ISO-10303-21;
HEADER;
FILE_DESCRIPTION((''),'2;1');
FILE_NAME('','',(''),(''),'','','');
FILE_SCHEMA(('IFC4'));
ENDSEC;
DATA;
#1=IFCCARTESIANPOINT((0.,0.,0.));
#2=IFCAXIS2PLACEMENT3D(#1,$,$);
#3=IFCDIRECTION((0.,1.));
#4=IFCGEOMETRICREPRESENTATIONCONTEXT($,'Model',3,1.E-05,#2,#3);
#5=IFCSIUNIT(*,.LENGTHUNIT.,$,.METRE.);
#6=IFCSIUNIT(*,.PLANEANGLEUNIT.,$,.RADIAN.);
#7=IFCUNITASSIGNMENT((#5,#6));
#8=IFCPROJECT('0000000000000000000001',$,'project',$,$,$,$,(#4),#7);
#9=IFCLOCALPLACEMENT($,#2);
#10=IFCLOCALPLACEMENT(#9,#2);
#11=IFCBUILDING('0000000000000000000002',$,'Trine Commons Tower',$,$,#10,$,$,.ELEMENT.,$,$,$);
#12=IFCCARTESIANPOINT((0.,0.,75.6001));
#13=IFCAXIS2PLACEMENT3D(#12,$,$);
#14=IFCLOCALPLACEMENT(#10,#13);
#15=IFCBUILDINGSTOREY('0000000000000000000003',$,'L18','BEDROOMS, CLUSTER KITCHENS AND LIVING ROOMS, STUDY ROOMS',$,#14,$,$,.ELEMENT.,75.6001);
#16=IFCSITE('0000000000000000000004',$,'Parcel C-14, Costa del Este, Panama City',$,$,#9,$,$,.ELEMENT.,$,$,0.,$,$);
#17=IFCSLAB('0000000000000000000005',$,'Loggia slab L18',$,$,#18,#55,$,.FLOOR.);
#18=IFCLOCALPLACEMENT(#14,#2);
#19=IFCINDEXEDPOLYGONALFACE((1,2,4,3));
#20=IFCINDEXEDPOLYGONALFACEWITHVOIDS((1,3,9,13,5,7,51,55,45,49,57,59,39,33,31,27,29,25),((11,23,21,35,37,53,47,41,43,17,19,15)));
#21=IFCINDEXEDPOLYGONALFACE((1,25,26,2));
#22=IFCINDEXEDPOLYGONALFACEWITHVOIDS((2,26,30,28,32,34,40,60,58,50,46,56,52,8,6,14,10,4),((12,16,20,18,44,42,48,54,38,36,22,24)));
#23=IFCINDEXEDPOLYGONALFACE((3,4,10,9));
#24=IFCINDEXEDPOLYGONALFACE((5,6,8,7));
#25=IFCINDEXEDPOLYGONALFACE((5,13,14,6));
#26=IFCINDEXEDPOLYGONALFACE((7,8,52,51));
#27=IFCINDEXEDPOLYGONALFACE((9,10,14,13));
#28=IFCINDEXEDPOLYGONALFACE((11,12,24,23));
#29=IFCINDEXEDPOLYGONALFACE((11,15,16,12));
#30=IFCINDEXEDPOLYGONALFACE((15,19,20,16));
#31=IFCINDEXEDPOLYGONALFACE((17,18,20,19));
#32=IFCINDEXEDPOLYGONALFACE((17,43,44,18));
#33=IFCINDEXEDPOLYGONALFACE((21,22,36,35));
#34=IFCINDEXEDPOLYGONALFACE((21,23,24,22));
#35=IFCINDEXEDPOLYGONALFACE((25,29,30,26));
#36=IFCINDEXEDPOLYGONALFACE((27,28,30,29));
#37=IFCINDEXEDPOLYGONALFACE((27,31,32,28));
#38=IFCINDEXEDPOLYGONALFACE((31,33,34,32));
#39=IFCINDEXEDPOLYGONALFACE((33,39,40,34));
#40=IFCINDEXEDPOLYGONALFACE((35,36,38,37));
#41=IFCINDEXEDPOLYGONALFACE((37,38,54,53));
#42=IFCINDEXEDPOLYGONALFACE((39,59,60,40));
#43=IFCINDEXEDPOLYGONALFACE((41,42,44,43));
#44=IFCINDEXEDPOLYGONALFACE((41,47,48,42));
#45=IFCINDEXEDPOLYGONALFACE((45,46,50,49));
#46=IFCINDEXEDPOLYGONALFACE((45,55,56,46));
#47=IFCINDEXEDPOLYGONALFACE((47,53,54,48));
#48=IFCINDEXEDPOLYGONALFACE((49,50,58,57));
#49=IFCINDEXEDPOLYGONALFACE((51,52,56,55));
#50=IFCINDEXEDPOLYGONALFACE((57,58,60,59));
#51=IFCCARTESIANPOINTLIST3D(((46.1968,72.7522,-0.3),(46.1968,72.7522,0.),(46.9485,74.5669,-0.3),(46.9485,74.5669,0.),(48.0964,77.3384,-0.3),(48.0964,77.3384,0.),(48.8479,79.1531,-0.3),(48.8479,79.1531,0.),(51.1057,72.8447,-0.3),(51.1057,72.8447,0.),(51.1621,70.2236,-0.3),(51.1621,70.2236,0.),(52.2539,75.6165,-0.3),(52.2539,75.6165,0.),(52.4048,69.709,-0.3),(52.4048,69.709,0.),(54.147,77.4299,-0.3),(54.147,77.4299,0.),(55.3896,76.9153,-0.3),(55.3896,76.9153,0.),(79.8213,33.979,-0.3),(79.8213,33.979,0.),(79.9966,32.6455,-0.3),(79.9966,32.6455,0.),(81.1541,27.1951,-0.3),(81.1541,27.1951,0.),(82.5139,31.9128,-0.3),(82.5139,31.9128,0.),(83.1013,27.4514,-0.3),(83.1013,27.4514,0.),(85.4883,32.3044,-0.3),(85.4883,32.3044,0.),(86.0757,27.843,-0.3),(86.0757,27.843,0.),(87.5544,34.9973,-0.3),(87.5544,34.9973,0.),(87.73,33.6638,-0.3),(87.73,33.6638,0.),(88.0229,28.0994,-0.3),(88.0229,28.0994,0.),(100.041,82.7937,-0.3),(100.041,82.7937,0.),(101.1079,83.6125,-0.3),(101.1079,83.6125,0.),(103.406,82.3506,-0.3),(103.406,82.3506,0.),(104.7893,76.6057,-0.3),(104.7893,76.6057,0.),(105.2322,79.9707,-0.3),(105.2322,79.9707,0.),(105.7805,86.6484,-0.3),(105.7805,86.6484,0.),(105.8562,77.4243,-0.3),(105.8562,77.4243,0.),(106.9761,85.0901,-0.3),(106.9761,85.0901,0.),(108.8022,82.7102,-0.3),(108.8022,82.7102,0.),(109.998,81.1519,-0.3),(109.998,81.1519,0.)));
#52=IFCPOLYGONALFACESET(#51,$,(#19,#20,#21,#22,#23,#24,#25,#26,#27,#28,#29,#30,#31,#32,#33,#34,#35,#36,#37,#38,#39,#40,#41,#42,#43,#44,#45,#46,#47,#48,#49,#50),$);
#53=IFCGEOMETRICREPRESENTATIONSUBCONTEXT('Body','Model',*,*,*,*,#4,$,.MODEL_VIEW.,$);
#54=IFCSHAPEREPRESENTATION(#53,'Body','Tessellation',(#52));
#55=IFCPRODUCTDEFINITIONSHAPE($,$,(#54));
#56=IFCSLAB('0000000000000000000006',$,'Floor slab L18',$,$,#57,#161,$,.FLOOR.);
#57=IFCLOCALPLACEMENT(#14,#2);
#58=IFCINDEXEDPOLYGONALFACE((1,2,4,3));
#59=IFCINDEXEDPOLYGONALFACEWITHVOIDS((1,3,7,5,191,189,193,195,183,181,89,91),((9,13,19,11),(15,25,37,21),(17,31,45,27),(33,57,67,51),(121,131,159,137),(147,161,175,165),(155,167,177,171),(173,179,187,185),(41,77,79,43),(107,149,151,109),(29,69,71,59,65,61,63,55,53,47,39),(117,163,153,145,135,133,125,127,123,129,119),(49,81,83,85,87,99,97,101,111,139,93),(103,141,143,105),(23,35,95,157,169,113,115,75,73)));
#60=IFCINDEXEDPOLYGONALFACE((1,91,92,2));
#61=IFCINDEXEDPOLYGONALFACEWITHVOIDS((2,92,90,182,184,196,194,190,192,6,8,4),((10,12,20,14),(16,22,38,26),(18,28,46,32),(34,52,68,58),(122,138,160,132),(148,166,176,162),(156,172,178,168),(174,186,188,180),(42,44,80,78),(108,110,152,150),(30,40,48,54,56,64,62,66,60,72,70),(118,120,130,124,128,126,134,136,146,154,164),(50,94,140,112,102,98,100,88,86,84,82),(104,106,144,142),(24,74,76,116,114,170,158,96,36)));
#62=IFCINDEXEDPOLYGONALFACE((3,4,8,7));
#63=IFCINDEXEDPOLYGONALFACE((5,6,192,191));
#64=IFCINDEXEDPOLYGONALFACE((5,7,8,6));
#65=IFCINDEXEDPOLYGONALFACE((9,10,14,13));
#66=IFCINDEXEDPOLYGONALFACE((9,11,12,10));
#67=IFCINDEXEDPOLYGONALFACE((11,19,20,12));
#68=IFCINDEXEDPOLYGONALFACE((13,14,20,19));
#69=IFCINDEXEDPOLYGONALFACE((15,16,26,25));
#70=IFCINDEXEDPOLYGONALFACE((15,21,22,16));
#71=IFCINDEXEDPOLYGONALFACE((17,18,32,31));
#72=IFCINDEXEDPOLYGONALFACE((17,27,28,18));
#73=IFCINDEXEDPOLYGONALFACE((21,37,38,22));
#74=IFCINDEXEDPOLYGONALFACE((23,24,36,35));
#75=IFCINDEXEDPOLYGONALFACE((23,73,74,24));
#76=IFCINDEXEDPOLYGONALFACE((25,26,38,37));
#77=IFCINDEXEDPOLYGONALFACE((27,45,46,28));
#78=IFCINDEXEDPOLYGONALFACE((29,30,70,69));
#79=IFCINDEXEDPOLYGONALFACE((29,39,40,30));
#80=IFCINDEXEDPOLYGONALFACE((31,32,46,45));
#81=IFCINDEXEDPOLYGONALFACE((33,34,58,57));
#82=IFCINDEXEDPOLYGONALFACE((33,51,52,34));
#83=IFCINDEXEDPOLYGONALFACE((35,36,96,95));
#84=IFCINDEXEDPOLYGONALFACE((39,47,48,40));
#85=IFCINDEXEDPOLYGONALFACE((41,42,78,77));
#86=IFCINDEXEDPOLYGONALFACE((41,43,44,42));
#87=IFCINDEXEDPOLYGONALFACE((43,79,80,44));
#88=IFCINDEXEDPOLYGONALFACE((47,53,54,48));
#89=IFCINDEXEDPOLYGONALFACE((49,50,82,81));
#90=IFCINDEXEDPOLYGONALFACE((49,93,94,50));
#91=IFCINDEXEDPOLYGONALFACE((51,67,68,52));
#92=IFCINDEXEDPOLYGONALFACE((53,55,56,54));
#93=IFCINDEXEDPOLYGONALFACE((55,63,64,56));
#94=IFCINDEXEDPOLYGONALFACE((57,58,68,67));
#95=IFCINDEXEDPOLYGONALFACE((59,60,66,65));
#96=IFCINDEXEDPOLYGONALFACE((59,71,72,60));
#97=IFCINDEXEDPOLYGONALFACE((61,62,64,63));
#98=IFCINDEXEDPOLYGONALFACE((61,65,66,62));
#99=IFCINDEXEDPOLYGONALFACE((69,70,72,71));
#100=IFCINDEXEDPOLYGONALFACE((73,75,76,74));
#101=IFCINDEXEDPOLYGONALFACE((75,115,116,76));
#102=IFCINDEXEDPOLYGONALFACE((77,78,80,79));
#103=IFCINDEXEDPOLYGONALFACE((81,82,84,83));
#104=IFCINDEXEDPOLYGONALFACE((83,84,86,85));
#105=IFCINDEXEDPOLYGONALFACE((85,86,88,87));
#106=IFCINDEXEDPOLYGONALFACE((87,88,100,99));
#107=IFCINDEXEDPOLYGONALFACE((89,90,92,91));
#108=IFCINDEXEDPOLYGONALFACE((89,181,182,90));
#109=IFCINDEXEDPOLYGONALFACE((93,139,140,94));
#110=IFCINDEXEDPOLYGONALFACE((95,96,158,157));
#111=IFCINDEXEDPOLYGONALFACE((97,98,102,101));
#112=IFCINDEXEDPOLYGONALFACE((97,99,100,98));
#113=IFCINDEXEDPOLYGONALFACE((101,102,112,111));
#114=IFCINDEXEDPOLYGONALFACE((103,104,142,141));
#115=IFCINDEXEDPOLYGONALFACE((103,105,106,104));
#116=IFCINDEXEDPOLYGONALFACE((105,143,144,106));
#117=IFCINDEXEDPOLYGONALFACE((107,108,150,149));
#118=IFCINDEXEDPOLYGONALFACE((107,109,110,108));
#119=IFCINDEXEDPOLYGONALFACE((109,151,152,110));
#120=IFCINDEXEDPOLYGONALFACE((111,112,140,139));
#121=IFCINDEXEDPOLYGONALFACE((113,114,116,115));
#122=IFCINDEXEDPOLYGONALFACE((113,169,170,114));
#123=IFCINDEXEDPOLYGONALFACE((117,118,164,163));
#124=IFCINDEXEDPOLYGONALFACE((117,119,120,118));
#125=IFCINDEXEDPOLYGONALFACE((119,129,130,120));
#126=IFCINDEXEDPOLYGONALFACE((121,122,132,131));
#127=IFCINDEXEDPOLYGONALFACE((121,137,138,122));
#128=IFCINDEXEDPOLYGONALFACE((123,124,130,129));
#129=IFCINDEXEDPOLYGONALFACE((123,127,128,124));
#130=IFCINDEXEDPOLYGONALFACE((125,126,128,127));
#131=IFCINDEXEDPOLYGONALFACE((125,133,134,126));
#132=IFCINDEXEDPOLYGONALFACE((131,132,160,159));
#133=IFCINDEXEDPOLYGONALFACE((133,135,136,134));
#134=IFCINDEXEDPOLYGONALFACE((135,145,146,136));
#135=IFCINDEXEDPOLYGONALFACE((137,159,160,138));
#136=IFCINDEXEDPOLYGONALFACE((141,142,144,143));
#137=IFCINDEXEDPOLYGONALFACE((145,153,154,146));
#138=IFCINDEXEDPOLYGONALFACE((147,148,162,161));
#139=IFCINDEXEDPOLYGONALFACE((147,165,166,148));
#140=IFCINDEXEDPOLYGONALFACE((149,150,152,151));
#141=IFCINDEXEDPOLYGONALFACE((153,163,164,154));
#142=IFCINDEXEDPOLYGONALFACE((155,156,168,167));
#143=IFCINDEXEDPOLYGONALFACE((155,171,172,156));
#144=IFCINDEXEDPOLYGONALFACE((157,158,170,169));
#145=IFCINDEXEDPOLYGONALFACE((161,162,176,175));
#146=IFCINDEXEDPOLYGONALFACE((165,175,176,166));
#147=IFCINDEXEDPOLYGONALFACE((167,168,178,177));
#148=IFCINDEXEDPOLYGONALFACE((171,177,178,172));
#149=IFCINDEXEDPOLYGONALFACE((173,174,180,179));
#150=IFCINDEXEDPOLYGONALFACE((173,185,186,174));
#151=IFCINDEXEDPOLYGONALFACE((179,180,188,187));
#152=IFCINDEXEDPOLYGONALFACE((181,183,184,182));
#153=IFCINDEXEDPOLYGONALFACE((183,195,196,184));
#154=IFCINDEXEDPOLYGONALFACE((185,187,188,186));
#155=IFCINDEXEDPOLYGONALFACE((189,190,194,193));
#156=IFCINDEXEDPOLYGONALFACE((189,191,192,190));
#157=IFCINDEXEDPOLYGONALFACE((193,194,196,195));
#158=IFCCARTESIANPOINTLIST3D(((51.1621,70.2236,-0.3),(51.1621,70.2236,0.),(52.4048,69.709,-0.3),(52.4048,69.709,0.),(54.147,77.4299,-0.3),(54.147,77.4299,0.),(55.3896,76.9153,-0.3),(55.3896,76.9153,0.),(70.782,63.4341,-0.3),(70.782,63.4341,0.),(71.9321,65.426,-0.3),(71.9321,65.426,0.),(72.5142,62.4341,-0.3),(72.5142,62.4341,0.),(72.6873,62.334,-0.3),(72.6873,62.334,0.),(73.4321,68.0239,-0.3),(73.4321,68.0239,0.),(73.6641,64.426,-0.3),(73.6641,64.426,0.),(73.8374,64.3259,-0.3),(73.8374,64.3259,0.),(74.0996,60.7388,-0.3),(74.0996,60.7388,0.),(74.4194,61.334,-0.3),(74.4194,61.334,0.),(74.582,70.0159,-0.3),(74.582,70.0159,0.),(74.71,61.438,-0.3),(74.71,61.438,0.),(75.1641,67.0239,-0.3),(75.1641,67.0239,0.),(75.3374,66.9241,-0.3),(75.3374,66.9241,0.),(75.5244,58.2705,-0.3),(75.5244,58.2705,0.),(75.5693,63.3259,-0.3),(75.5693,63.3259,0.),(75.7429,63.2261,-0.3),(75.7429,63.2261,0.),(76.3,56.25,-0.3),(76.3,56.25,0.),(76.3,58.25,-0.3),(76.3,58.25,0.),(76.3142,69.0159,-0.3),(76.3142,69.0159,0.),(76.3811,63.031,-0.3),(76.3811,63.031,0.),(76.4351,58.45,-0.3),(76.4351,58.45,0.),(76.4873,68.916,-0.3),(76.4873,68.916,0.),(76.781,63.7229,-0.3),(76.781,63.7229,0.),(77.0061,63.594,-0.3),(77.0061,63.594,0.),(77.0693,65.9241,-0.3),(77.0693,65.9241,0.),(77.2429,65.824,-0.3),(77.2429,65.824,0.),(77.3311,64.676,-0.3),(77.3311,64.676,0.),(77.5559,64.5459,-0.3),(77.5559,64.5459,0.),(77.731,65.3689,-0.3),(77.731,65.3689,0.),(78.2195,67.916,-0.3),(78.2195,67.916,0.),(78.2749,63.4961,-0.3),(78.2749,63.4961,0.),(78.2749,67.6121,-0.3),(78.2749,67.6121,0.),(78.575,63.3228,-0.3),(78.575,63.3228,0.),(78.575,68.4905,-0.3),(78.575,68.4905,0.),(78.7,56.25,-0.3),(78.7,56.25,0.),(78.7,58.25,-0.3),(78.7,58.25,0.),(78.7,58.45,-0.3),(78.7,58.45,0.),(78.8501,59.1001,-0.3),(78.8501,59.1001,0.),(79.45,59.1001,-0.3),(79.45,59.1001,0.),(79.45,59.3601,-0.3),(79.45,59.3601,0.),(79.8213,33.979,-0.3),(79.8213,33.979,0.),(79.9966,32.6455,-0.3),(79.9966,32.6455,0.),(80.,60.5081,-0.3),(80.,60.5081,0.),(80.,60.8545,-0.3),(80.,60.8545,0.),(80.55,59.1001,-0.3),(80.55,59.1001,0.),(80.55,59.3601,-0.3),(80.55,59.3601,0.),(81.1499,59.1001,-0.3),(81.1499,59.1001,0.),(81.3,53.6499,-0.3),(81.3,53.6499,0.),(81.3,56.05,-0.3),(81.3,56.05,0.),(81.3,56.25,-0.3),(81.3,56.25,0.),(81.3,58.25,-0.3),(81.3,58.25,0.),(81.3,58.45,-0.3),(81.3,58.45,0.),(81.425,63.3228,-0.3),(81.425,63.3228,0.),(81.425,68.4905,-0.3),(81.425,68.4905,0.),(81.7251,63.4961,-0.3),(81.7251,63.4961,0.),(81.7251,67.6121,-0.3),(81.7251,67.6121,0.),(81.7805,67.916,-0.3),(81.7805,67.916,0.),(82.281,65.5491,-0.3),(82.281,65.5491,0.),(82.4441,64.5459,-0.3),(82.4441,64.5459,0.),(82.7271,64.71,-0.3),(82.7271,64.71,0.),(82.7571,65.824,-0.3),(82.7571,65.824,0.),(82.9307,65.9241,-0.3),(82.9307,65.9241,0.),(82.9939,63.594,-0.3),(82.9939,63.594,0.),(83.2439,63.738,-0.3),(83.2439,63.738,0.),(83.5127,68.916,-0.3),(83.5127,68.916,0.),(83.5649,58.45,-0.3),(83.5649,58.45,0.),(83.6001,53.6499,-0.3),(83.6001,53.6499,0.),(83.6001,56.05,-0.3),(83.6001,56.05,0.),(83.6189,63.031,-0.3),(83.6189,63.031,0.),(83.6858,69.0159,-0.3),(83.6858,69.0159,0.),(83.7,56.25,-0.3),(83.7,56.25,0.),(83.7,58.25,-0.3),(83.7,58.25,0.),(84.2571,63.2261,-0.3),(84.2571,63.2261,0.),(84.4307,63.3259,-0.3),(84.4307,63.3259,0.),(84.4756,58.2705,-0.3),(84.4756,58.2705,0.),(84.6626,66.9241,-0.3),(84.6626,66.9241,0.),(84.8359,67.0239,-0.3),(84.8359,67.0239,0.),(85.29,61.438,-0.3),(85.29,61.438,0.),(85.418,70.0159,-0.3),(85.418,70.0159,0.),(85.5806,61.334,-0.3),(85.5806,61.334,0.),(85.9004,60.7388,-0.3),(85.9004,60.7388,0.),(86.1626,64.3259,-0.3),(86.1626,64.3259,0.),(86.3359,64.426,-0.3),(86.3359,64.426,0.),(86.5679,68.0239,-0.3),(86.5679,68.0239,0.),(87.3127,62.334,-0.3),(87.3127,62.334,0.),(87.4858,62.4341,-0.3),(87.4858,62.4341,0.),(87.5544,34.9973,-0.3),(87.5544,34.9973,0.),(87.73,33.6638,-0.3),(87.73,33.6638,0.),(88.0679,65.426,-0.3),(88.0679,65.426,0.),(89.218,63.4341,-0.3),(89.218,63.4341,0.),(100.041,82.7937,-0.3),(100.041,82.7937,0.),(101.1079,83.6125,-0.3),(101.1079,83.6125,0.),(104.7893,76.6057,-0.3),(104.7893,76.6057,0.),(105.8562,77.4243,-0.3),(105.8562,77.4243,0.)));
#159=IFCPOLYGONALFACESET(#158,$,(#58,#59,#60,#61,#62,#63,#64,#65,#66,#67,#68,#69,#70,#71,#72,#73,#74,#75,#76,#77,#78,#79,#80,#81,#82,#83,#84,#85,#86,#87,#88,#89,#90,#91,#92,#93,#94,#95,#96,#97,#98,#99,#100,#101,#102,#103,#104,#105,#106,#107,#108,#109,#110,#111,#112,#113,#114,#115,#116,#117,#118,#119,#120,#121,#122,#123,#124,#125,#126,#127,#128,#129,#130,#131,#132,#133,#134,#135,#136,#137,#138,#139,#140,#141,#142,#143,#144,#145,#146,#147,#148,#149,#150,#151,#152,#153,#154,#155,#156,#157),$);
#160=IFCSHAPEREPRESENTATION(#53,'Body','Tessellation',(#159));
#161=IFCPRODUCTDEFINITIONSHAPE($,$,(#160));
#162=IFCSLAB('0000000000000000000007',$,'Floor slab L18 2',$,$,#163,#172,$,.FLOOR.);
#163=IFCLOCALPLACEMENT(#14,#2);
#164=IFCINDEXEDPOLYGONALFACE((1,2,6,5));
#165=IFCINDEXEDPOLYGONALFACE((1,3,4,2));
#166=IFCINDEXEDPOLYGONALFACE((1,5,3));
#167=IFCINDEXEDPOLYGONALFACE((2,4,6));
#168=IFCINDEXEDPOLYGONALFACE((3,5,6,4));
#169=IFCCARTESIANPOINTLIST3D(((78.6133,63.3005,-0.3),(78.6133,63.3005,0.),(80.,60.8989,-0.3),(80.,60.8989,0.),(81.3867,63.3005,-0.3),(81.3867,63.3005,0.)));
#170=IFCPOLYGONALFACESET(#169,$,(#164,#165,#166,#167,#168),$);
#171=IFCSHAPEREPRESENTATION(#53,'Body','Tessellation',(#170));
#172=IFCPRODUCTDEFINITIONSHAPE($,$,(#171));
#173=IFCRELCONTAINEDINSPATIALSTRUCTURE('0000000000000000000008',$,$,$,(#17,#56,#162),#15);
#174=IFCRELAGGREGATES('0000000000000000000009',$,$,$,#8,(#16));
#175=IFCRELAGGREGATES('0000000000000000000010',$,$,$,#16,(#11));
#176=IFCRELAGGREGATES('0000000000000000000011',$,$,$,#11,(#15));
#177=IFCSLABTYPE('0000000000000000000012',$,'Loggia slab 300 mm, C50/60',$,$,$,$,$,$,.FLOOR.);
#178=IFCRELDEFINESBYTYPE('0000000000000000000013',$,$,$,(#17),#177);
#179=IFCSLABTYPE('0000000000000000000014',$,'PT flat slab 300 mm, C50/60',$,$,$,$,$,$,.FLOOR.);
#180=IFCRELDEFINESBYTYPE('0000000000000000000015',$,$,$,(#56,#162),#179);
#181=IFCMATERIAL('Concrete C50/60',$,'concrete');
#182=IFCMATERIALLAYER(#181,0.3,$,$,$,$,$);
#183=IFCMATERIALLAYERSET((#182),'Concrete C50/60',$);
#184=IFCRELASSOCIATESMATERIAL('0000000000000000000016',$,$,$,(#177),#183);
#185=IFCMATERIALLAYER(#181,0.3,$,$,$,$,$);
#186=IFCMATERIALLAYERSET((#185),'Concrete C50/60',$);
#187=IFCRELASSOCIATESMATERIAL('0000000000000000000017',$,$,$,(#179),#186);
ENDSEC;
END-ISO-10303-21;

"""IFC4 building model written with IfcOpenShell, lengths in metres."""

from ifc_helpers import new_model, si_unit, direction, frame, origin, place, context, subcontext, project, spatial, polyline, outline, extrude, material, layer, layer_set, type_object, element, save


model = new_model("IFC4")

# Units and contexts
model_context = context("Model", 3, precision=1e-05, world=origin(), true_north=direction((0.0, 1.0)))
body_context = subcontext(model_context, "Body", "Model", "MODEL_VIEW")
ifc_project = project(units=[si_unit("LENGTHUNIT", "METRE"), si_unit("PLANEANGLEUNIT", "RADIAN")], contexts=[model_context])

# Site, building, storey
site_placement = place(None, origin())
site = spatial("IfcSite", under=ifc_project, at=site_placement, Name="Parcel C-14, Costa del Este, Panama City", CompositionType="ELEMENT", RefElevation=0.0)
building_placement = place(site_placement, origin())
building = spatial("IfcBuilding", under=site, at=building_placement, Name="Trine Commons Tower", CompositionType="ELEMENT")
storey_placement = place(building_placement, frame((0.0, 0.0, 75.6001)))
storey = spatial("IfcBuildingStorey", under=building, at=storey_placement, Name="L18", Description="BEDROOMS, CLUSTER KITCHENS AND LIVING ROOMS, STUDY ROOMS", CompositionType="ELEMENT", Elevation=75.6001)

# Slabs
ifc_material_1 = material(Name="Concrete C50/60", Category="concrete")
ifc_layer_1 = layer(ifc_material_1, 0.3)
ifc_layer_set_1 = layer_set([ifc_layer_1], Name="Concrete C50/60")
slab_type_1 = type_object("IfcSlabType", Name="Loggia slab 300 mm, C50/60", PredefinedType="FLOOR", material=ifc_layer_set_1)
slab_1_placement = place(storey_placement, frame((0.0, 0.0, -0.3)))
element("IfcSlab", 1, at=slab_1_placement, inside=storey, type_object=slab_type_1, Name="Loggia slab L18", PredefinedType="FLOOR", context=body_context, shape_type="SweptSolid", body=[
    extrude(outline(polyline([(88.0229, 28.0994), (109.998, 81.1519), (108.8022, 82.7102), (105.2322, 79.9707), (103.406, 82.3506), (106.9761, 85.0901), (105.7805, 86.6484), (48.8479, 79.1531), (48.0964, 77.3384), (52.2539, 75.6165), (51.1057, 72.8447), (46.9485, 74.5669), (46.1968, 72.7522), (81.1541, 27.1951), (83.1013, 27.4514), (82.5139, 31.9128), (85.4883, 32.3044), (86.0757, 27.843), (88.0229, 28.0994)]), holes=[polyline([(79.9966, 32.6455), (79.8213, 33.979), (87.5544, 34.9973), (87.73, 33.6638), (105.8562, 77.4243), (104.7893, 76.6057), (100.041, 82.7937), (101.1079, 83.6125), (54.147, 77.4299), (55.3896, 76.9153), (52.4048, 69.709), (51.1621, 70.2236), (79.9966, 32.6455)])]), origin(), (0.0, 0.0, 1.0), 0.3),
])
ifc_layer_2 = layer(ifc_material_1, 0.3)
ifc_layer_set_2 = layer_set([ifc_layer_2], Name="Concrete C50/60")
slab_type_2 = type_object("IfcSlabType", Name="PT flat slab 300 mm, C50/60", PredefinedType="FLOOR", material=ifc_layer_set_2)
slab_2_placement = place(storey_placement, frame((0.0, 0.0, -0.3)))
element("IfcSlab", 2, at=slab_2_placement, inside=storey, type_object=slab_type_2, Name="Floor slab L18", PredefinedType="FLOOR", context=body_context, shape_type="SweptSolid", body=[
    extrude(outline(polyline([(51.1621, 70.2236), (79.9966, 32.6455), (79.8213, 33.979), (87.5544, 34.9973), (87.73, 33.6638), (105.8562, 77.4243), (104.7893, 76.6057), (100.041, 82.7937), (101.1079, 83.6125), (54.147, 77.4299), (55.3896, 76.9153), (52.4048, 69.709), (51.1621, 70.2236)]), holes=[polyline([(76.3, 56.25), (78.7, 56.25), (78.7, 58.25), (76.3, 58.25), (76.3, 56.25)]), polyline([(81.1499, 59.1001), (81.3, 58.45), (83.5649, 58.45), (80.0, 60.5081), (76.4351, 58.45), (78.7, 58.45), (78.8501, 59.1001), (79.45, 59.1001), (79.45, 59.3601), (80.55, 59.3601), (80.55, 59.1001), (81.1499, 59.1001)]), polyline([(80.0, 60.8545), (84.4756, 58.2705), (85.9004, 60.7388), (81.425, 63.3228), (81.425, 68.4905), (78.575, 68.4905), (78.575, 63.3228), (74.0996, 60.7388), (75.5244, 58.2705), (80.0, 60.8545)]), polyline([(73.8374, 64.3259), (72.6873, 62.334), (74.4194, 61.334), (75.5693, 63.3259), (73.8374, 64.3259)]), polyline([(71.9321, 65.426), (70.782, 63.4341), (72.5142, 62.4341), (73.6641, 64.426), (71.9321, 65.426)]), polyline([(76.781, 63.7229), (76.3811, 63.031), (75.7429, 63.2261), (74.71, 61.438), (78.2749, 63.4961), (78.2749, 67.6121), (77.2429, 65.824), (77.731, 65.3689), (77.3311, 64.676), (77.5559, 64.5459), (77.0061, 63.594), (76.781, 63.7229)]), polyline([(76.4873, 68.916), (75.3374, 66.9241), (77.0693, 65.9241), (78.2195, 67.916), (76.4873, 68.916)]), polyline([(74.582, 70.0159), (73.4321, 68.0239), (75.1641, 67.0239), (76.3142, 69.0159), (74.582, 70.0159)]), polyline([(81.3, 53.6499), (83.6001, 53.6499), (83.6001, 56.05), (81.3, 56.05), (81.3, 53.6499)]), polyline([(81.3, 56.25), (83.7, 56.25), (83.7, 58.25), (81.3, 58.25), (81.3, 56.25)]), polyline([(87.3127, 62.334), (86.1626, 64.3259), (84.4307, 63.3259), (85.5806, 61.334), (87.3127, 62.334)]), polyline([(89.218, 63.4341), (88.0679, 65.426), (86.3359, 64.426), (87.4858, 62.4341), (89.218, 63.4341)]), polyline([(83.2439, 63.738), (82.9939, 63.594), (82.4441, 64.5459), (82.7271, 64.71), (82.281, 65.5491), (82.7571, 65.824), (81.7251, 67.6121), (81.7251, 63.4961), (85.29, 61.438), (84.2571, 63.2261), (83.6189, 63.031), (83.2439, 63.738)]), polyline([(82.9307, 65.9241), (84.6626, 66.9241), (83.5127, 68.916), (81.7805, 67.916), (82.9307, 65.9241)]), polyline([(84.8359, 67.0239), (86.5679, 68.0239), (85.418, 70.0159), (83.6858, 69.0159), (84.8359, 67.0239)])]), origin(), (0.0, 0.0, 1.0), 0.3),
])
slab_3_placement = place(storey_placement, frame((0.0, 0.0, -0.3)))
element("IfcSlab", 3, at=slab_3_placement, inside=storey, type_object=slab_type_2, Name="Floor slab L18 2", PredefinedType="FLOOR", context=body_context, shape_type="SweptSolid", body=[
    extrude(outline(polyline([(78.6133, 63.3005), (80.0, 60.8989), (81.3867, 63.3005), (78.6133, 63.3005)])), origin(), (0.0, 0.0, 1.0), 0.3),
])

save(model, "model.ifc")
